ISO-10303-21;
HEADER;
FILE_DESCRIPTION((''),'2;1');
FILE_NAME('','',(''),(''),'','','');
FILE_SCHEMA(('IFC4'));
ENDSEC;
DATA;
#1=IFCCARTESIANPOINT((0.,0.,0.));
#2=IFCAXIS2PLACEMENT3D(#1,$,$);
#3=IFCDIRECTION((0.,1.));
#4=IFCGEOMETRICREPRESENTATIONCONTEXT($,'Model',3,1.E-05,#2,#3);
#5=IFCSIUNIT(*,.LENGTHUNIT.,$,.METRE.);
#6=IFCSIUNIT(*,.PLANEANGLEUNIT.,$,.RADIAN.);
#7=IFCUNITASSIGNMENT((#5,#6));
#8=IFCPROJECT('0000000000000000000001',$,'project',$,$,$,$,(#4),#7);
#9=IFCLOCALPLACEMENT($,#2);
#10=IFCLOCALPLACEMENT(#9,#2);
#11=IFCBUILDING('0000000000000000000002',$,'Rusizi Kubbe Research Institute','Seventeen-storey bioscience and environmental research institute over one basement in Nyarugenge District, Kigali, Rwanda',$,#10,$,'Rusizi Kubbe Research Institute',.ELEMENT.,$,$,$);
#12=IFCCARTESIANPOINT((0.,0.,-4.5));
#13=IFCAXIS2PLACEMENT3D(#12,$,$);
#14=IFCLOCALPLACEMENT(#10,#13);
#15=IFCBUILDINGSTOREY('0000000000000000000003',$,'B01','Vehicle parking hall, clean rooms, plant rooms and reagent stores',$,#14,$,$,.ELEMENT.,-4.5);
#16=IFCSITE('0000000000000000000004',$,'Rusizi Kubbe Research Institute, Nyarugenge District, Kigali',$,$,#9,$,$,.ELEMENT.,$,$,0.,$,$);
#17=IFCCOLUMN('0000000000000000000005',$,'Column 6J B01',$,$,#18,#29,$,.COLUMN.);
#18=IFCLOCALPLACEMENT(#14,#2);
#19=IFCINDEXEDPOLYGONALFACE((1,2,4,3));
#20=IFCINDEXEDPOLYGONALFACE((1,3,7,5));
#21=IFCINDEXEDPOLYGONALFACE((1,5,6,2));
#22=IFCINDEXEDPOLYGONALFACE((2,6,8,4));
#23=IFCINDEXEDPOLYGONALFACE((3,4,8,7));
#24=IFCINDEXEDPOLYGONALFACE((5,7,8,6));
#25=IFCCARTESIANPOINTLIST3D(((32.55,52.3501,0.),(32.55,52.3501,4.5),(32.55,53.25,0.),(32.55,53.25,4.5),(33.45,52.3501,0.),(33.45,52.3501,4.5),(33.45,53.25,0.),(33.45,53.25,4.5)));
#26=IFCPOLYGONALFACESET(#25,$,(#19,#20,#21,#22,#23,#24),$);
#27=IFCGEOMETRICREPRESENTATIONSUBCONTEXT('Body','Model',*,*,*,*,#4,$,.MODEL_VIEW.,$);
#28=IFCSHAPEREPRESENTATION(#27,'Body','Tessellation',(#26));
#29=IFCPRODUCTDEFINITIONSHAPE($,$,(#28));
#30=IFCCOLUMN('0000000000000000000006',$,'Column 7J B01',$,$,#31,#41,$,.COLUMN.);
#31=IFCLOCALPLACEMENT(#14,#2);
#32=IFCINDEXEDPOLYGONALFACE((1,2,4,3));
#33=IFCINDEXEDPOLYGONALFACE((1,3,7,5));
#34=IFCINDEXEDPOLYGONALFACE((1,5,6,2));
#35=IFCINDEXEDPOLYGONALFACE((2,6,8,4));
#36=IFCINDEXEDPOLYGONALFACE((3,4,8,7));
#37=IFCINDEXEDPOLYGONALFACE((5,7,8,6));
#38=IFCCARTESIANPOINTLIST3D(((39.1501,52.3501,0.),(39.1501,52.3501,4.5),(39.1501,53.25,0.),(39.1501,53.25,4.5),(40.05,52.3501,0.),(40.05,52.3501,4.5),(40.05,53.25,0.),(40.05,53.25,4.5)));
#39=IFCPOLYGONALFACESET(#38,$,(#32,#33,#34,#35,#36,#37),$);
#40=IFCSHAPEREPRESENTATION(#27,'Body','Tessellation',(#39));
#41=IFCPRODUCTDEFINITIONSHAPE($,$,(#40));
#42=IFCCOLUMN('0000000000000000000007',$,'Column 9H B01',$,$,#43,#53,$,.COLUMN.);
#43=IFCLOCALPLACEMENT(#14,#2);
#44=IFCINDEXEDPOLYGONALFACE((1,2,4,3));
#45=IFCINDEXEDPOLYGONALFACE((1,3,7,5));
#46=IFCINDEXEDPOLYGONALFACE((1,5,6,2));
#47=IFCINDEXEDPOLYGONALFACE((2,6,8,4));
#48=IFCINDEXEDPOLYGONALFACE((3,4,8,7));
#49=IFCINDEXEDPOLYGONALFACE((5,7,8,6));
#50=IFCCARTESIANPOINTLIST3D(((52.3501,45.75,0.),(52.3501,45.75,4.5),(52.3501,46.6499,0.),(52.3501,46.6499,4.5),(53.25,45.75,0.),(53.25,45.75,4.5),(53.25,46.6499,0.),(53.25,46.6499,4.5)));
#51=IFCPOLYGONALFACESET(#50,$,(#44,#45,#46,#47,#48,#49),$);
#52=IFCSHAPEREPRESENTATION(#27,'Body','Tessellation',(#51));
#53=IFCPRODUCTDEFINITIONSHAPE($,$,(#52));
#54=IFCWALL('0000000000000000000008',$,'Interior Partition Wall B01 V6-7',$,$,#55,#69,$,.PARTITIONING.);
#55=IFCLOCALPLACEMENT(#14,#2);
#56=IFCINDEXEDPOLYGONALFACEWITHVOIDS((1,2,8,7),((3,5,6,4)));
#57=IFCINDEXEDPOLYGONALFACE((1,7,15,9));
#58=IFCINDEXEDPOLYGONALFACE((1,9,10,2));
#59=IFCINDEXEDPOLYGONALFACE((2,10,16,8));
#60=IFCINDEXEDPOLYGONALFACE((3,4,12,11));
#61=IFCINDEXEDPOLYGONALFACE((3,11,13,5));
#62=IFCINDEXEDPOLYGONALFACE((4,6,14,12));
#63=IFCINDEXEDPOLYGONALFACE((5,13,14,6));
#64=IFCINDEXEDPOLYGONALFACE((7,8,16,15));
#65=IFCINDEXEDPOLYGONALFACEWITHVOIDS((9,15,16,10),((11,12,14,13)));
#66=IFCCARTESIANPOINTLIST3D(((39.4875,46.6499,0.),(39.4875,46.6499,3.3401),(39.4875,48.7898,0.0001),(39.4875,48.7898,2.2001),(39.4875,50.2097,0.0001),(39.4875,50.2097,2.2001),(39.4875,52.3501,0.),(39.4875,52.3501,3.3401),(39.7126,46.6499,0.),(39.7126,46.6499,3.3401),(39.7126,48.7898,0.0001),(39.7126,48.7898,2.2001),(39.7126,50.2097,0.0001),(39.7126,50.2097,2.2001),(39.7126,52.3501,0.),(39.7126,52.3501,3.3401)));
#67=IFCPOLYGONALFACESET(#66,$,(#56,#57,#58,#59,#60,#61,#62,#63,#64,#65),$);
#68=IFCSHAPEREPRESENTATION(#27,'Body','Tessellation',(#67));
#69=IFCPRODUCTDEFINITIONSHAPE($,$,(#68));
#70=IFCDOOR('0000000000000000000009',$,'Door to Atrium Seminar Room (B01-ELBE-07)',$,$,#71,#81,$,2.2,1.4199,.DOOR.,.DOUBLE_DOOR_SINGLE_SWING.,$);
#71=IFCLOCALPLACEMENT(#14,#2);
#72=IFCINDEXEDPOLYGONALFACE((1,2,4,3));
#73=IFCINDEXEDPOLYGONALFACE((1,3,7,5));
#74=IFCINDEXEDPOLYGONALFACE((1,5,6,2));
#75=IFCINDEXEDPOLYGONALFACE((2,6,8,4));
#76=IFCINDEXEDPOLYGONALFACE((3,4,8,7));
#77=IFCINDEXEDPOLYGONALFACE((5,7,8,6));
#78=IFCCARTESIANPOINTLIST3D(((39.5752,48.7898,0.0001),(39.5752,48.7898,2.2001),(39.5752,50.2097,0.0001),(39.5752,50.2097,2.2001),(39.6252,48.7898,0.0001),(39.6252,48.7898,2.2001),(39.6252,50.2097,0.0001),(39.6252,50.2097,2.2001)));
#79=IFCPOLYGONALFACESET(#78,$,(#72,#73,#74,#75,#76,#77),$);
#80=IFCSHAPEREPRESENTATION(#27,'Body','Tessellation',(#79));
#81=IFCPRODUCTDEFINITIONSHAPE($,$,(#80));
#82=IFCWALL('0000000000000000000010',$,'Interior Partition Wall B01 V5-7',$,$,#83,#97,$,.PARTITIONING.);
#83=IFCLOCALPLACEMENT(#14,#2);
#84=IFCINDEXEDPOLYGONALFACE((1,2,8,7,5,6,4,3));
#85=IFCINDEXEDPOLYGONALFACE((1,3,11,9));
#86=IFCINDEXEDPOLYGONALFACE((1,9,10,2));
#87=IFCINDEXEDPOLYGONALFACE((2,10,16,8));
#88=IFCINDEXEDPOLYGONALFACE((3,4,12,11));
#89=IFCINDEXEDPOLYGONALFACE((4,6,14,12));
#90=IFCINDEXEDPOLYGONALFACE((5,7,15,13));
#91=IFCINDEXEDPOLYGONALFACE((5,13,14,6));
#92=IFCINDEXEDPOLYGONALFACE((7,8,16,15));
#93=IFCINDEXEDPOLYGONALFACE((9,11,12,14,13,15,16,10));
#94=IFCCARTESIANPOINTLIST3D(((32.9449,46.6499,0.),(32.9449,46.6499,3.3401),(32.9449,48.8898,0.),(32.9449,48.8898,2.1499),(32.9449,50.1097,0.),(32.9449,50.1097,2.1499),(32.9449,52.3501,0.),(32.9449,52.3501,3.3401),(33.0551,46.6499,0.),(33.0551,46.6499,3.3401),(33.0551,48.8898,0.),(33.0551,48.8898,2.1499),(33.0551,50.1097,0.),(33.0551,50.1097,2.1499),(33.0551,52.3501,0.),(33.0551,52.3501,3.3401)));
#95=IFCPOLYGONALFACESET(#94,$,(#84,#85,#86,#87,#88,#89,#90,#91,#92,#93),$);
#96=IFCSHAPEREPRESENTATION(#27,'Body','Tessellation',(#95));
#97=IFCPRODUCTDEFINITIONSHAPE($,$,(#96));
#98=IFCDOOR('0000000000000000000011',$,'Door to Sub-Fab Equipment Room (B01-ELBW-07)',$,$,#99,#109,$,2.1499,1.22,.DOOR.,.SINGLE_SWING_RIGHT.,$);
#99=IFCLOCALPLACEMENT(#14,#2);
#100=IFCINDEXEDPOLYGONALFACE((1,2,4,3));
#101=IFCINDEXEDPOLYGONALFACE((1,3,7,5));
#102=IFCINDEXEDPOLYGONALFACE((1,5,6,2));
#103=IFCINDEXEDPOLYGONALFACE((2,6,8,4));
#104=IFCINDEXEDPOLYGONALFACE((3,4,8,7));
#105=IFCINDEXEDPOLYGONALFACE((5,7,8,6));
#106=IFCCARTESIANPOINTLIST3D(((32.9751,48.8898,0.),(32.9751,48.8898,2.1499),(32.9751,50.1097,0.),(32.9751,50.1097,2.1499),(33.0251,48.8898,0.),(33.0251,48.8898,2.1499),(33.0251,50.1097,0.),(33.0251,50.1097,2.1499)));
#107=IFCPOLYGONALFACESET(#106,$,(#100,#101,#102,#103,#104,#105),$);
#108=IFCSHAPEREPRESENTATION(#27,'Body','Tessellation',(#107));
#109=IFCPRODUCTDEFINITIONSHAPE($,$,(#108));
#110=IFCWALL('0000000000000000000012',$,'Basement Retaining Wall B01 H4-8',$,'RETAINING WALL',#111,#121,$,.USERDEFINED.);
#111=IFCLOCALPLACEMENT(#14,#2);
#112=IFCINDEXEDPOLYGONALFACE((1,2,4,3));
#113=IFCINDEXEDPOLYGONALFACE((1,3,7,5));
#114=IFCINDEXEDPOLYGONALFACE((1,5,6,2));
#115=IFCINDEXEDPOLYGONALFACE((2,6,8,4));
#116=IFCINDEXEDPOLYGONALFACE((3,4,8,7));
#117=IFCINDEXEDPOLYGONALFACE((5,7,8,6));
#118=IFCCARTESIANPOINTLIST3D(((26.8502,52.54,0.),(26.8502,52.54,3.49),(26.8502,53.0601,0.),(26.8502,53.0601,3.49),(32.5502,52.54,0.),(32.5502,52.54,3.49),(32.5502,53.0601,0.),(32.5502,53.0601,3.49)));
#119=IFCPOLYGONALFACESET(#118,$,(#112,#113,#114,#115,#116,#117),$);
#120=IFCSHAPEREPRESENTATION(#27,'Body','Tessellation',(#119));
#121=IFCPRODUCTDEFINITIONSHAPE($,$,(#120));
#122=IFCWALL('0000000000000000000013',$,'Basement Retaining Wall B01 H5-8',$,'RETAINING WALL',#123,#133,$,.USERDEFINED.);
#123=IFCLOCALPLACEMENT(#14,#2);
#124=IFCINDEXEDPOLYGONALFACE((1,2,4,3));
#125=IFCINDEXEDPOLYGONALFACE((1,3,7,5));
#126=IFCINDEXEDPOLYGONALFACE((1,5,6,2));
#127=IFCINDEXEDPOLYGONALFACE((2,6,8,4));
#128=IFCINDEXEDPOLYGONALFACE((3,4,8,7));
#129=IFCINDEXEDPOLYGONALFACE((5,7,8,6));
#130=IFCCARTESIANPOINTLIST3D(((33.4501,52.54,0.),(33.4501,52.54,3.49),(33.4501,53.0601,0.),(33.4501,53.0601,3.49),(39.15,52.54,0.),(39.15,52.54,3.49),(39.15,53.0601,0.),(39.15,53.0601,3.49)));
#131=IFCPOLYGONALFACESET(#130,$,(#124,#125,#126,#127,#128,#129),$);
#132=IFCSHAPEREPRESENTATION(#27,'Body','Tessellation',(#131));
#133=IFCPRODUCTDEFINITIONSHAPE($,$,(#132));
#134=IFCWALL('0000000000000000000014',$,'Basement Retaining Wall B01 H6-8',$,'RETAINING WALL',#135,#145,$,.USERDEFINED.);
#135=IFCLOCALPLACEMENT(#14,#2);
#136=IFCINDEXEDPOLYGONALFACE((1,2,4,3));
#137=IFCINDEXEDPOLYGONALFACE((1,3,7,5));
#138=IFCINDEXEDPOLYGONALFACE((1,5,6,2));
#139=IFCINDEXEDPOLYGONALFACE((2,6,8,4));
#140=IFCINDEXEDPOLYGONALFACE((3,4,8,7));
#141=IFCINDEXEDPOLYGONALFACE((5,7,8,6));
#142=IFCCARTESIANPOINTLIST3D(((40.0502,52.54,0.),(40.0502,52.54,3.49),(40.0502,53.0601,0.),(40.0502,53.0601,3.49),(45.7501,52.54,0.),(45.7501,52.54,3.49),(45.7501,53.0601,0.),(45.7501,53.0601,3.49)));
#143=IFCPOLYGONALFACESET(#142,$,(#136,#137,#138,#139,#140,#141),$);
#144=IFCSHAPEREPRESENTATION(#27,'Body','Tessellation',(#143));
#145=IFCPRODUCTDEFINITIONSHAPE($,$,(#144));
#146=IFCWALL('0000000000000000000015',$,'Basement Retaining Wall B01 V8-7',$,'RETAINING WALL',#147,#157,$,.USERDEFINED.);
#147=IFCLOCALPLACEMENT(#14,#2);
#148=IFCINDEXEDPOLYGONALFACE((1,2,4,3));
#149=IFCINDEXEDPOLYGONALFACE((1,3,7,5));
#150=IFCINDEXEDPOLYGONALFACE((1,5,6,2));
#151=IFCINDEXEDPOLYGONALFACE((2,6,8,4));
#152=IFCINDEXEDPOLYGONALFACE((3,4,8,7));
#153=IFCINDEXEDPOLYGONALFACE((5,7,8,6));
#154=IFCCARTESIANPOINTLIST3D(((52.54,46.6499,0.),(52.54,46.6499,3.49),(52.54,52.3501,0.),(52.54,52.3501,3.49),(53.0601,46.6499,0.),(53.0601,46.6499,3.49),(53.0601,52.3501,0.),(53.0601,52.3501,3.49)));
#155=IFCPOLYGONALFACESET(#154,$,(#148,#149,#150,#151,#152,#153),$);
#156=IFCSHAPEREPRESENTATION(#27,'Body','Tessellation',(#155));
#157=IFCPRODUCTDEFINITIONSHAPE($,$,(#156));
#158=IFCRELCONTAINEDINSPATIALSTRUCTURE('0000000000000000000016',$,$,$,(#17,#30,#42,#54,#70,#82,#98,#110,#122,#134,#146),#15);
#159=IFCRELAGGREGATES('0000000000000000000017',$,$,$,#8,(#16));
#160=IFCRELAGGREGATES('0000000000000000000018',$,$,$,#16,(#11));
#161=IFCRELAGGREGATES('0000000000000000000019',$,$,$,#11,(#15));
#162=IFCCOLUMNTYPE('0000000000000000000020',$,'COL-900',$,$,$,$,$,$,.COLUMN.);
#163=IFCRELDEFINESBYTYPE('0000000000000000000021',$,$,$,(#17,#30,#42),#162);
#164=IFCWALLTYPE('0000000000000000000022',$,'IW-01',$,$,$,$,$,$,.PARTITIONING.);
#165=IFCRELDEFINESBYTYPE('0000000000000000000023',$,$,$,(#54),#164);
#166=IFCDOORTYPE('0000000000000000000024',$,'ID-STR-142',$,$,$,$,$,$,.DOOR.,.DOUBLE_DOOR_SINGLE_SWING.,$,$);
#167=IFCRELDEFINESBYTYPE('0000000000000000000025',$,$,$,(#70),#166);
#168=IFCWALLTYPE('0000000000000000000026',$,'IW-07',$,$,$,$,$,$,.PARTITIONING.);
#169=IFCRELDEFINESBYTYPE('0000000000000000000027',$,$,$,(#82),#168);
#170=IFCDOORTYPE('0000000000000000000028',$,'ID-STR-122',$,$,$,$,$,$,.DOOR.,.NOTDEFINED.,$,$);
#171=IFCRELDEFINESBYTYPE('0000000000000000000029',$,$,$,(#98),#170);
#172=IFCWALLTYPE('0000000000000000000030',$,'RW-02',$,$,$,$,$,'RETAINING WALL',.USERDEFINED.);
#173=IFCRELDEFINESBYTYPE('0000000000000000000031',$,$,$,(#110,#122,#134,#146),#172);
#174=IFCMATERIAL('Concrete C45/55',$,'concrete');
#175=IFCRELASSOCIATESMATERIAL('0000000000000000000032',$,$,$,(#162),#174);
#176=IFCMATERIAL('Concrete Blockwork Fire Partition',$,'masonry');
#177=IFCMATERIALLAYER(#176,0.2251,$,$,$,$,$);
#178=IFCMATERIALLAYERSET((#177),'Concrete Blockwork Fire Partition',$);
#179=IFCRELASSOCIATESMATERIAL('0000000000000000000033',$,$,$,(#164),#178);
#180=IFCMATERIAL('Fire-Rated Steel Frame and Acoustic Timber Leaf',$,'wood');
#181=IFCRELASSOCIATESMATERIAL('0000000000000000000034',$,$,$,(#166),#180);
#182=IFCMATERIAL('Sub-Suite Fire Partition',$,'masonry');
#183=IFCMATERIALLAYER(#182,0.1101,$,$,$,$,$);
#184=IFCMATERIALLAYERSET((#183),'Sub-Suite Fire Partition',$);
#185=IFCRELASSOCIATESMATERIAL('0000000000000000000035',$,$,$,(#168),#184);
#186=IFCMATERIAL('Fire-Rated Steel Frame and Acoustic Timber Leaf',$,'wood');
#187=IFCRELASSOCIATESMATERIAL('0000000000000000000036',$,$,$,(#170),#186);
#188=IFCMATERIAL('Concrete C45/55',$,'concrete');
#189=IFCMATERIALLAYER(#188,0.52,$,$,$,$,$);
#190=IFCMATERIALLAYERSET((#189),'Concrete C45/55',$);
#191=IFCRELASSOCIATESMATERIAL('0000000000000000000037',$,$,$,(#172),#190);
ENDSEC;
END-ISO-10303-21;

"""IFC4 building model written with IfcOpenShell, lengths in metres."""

from ifc_helpers import new_model, si_unit, direction, frame, frame_2d, origin, origin_2d, place, context, subcontext, project, spatial, rectangle, extrude, material, layer, layer_set, material_profile, profile_set, type_object, element, fill, save


model = new_model("IFC4")

# Units and contexts
model_context = context("Model", 3, precision=1e-05, world=origin(), true_north=direction((0.0, 1.0)))
body_context = subcontext(model_context, "Body", "Model", "MODEL_VIEW")
ifc_project = project(units=[si_unit("LENGTHUNIT", "METRE"), si_unit("PLANEANGLEUNIT", "RADIAN")], contexts=[model_context])

# Site, building, storey
site_placement = place(None, origin())
site = spatial("IfcSite", under=ifc_project, at=site_placement, Name="Rusizi Kubbe Research Institute, Nyarugenge District, Kigali", CompositionType="ELEMENT", RefElevation=0.0)
building_placement = place(site_placement, origin())
building = spatial("IfcBuilding", under=site, at=building_placement, Name="Rusizi Kubbe Research Institute", Description="Seventeen-storey bioscience and environmental research institute over one basement in Nyarugenge District, Kigali, Rwanda", LongName="Rusizi Kubbe Research Institute", CompositionType="ELEMENT")
storey_placement = place(building_placement, frame((0.0, 0.0, -4.5)))
storey = spatial("IfcBuildingStorey", under=building, at=storey_placement, Name="B01", Description="Vehicle parking hall, clean rooms, plant rooms and reagent stores", CompositionType="ELEMENT", Elevation=-4.5)

# Columns
ifc_material_1 = material(Name="Concrete C45/55", Category="concrete")
ifc_material_profile_1 = material_profile(ifc_material_1, rectangle(XDim=0.8999, YDim=0.8999, at=origin_2d()), Name="RC900x900")
ifc_profile_set_1 = profile_set([ifc_material_profile_1], Name="Concrete C45/55")
column_type = type_object("IfcColumnType", Name="COL-900", PredefinedType="COLUMN", material=ifc_profile_set_1)
for number, where, z_axis, x_axis, name in (
    (1, (33.0, 52.8, 0.0), (0.0, 0.0, 1.0), (1.0, 0.0, 0.0), "Column 6J B01"),
    (2, (39.6001, 52.8, 0.0), (0.0, 0.0, 1.0), (1.0, 0.0, 0.0), "Column 7J B01"),
    (3, (52.8, 46.2, 0.0), (0.0, 0.0, 1.0), (1.0, 0.0, 0.0), "Column 9H B01"),
):
    element("IfcColumn", number, at=place(storey_placement, frame(where, z_axis=z_axis, x_axis=x_axis)), inside=storey, type_object=column_type, Name=name, PredefinedType="COLUMN", context=body_context, shape_type="SweptSolid", body=[
        extrude(rectangle(XDim=0.8999, YDim=0.8999, at=origin_2d()), origin(), (0.0, 0.0, 1.0), 4.5),
    ])

# Walls, openings, doors
ifc_material_2 = material(Name="Concrete Blockwork Fire Partition", Category="masonry")
ifc_layer_1 = layer(ifc_material_2, 0.2251)
ifc_layer_set_1 = layer_set([ifc_layer_1], Name="Concrete Blockwork Fire Partition")
wall_type_1 = type_object("IfcWallType", Name="IW-01", PredefinedType="PARTITIONING", material=ifc_layer_set_1)
wall_1_placement = place(storey_placement, frame((39.6001, 46.6499, 0.0), z_axis=(0.0, 0.0, 1.0), x_axis=(0.0, 1.0, 0.0)))
wall_1 = element("IfcWall", 4, at=wall_1_placement, inside=storey, type_object=wall_type_1, Name="Interior Partition Wall B01 V6-7", PredefinedType="PARTITIONING", context=body_context, shape_type="SweptSolid", body=[
    extrude(rectangle(XDim=5.7002, YDim=0.2251, at=frame_2d((2.8501, 0.0))), origin(), (0.0, 0.0, 1.0), 3.3401),
])
opening_1_placement = place(wall_1_placement, frame((2.1399, 0.0, 0.0)))
opening_1 = element("IfcOpeningElement", 5, at=opening_1_placement, cuts=wall_1, PredefinedType="OPENING", context=body_context, shape_type="SweptSolid", body=[
    extrude(rectangle(XDim=1.4199, YDim=2.2, at=frame_2d((0.71, 1.1001))), frame((0.0, 0.1226, 0.0), z_axis=(0.0, -1.0, 0.0), x_axis=(1.0, 0.0, 0.0)), (0.0, 0.0, 1.0), 0.2451),
])
ifc_material_3 = material(Name="Fire-Rated Steel Frame and Acoustic Timber Leaf", Category="wood")
door_type_1 = type_object("IfcDoorType", Name="ID-STR-142", OperationType="DOUBLE_DOOR_SINGLE_SWING", PredefinedType="DOOR", material=ifc_material_3)
door_1_placement = place(opening_1_placement, origin())
door_1 = element("IfcDoor", 6, at=door_1_placement, inside=storey, type_object=door_type_1, Name="Door to Atrium Seminar Room (B01-ELBE-07)", OperationType="DOUBLE_DOOR_SINGLE_SWING", OverallHeight=2.2, OverallWidth=1.4199, PredefinedType="DOOR", context=body_context, shape_type="SweptSolid", body=[
    extrude(rectangle(XDim=1.4199, YDim=2.2, at=frame_2d((0.71, 1.1001))), frame((0.0, 0.0249, 0.0), z_axis=(0.0, -1.0, 0.0), x_axis=(1.0, 0.0, 0.0)), (0.0, 0.0, 1.0), 0.05),
])
fill(opening_1, door_1)
ifc_material_4 = material(Name="Sub-Suite Fire Partition", Category="masonry")
ifc_layer_2 = layer(ifc_material_4, 0.1101)
ifc_layer_set_2 = layer_set([ifc_layer_2], Name="Sub-Suite Fire Partition")
wall_type_2 = type_object("IfcWallType", Name="IW-07", PredefinedType="PARTITIONING", material=ifc_layer_set_2)
wall_2_placement = place(storey_placement, frame((33.0, 46.6499, 0.0), z_axis=(0.0, 0.0, 1.0), x_axis=(0.0, 1.0, 0.0)))
wall_2 = element("IfcWall", 7, at=wall_2_placement, inside=storey, type_object=wall_type_2, Name="Interior Partition Wall B01 V5-7", PredefinedType="PARTITIONING", context=body_context, shape_type="SweptSolid", body=[
    extrude(rectangle(XDim=5.7002, YDim=0.1101, at=frame_2d((2.8501, 0.0))), origin(), (0.0, 0.0, 1.0), 3.3401),
])
opening_2_placement = place(wall_2_placement, frame((2.24, 0.0, 0.0)))
opening_2 = element("IfcOpeningElement", 8, at=opening_2_placement, cuts=wall_2, PredefinedType="OPENING", context=body_context, shape_type="SweptSolid", body=[
    extrude(rectangle(XDim=1.22, YDim=2.1499, at=frame_2d((0.6099, 1.075))), frame((0.0, 0.0649, 0.0), z_axis=(0.0, -1.0, 0.0), x_axis=(1.0, 0.0, 0.0)), (0.0, 0.0, 1.0), 0.1301),
])
ifc_material_5 = material(Name="Fire-Rated Steel Frame and Acoustic Timber Leaf", Category="wood")
door_type_2 = type_object("IfcDoorType", Name="ID-STR-122", OperationType="NOTDEFINED", PredefinedType="DOOR", material=ifc_material_5)
door_2_placement = place(opening_2_placement, origin())
door_2 = element("IfcDoor", 9, at=door_2_placement, inside=storey, type_object=door_type_2, Name="Door to Sub-Fab Equipment Room (B01-ELBW-07)", OperationType="SINGLE_SWING_RIGHT", OverallHeight=2.1499, OverallWidth=1.22, PredefinedType="DOOR", context=body_context, shape_type="SweptSolid", body=[
    extrude(rectangle(XDim=1.22, YDim=2.1499, at=frame_2d((0.6099, 1.075))), frame((0.0, 0.0249, 0.0), z_axis=(0.0, -1.0, 0.0), x_axis=(1.0, 0.0, 0.0)), (0.0, 0.0, 1.0), 0.05),
])
fill(opening_2, door_2)

# Walls
ifc_material_6 = material(Name="Concrete C45/55", Category="concrete")
ifc_layer_3 = layer(ifc_material_6, 0.52)
ifc_layer_set_3 = layer_set([ifc_layer_3], Name="Concrete C45/55")
wall_type_3 = type_object("IfcWallType", Name="RW-02", ElementType="RETAINING WALL", PredefinedType="USERDEFINED", material=ifc_layer_set_3)
for number, where, z_axis, x_axis, name in (
    (10, (26.8501, 52.8, 0.0), (0.0, 0.0, 1.0), (1.0, 0.0, 0.0), "Basement Retaining Wall B01 H4-8"),
    (11, (33.45, 52.8, 0.0), (0.0, 0.0, 1.0), (1.0, 0.0, 0.0), "Basement Retaining Wall B01 H5-8"),
    (12, (40.05, 52.8, 0.0), (0.0, 0.0, 1.0), (1.0, 0.0, 0.0), "Basement Retaining Wall B01 H6-8"),
):
    element("IfcWall", number, at=place(storey_placement, frame(where, z_axis=z_axis, x_axis=x_axis)), inside=storey, type_object=wall_type_3, Name=name, ObjectType="RETAINING WALL", PredefinedType="USERDEFINED", context=body_context, shape_type="SweptSolid", body=[
        extrude(rectangle(XDim=5.7, YDim=0.52, at=frame_2d((2.8501, 0.0))), origin(), (0.0, 0.0, 1.0), 3.49),
    ])
wall_3_placement = place(storey_placement, frame((52.8, 46.6499, 0.0), z_axis=(0.0, 0.0, 1.0), x_axis=(0.0, 1.0, 0.0)))
element("IfcWall", 13, at=wall_3_placement, inside=storey, type_object=wall_type_3, Name="Basement Retaining Wall B01 V8-7", ObjectType="RETAINING WALL", PredefinedType="USERDEFINED", context=body_context, shape_type="SweptSolid", body=[
    extrude(rectangle(XDim=5.7002, YDim=0.52, at=frame_2d((2.8501, 0.0))), origin(), (0.0, 0.0, 1.0), 3.49),
])

save(model, "model.ifc")
